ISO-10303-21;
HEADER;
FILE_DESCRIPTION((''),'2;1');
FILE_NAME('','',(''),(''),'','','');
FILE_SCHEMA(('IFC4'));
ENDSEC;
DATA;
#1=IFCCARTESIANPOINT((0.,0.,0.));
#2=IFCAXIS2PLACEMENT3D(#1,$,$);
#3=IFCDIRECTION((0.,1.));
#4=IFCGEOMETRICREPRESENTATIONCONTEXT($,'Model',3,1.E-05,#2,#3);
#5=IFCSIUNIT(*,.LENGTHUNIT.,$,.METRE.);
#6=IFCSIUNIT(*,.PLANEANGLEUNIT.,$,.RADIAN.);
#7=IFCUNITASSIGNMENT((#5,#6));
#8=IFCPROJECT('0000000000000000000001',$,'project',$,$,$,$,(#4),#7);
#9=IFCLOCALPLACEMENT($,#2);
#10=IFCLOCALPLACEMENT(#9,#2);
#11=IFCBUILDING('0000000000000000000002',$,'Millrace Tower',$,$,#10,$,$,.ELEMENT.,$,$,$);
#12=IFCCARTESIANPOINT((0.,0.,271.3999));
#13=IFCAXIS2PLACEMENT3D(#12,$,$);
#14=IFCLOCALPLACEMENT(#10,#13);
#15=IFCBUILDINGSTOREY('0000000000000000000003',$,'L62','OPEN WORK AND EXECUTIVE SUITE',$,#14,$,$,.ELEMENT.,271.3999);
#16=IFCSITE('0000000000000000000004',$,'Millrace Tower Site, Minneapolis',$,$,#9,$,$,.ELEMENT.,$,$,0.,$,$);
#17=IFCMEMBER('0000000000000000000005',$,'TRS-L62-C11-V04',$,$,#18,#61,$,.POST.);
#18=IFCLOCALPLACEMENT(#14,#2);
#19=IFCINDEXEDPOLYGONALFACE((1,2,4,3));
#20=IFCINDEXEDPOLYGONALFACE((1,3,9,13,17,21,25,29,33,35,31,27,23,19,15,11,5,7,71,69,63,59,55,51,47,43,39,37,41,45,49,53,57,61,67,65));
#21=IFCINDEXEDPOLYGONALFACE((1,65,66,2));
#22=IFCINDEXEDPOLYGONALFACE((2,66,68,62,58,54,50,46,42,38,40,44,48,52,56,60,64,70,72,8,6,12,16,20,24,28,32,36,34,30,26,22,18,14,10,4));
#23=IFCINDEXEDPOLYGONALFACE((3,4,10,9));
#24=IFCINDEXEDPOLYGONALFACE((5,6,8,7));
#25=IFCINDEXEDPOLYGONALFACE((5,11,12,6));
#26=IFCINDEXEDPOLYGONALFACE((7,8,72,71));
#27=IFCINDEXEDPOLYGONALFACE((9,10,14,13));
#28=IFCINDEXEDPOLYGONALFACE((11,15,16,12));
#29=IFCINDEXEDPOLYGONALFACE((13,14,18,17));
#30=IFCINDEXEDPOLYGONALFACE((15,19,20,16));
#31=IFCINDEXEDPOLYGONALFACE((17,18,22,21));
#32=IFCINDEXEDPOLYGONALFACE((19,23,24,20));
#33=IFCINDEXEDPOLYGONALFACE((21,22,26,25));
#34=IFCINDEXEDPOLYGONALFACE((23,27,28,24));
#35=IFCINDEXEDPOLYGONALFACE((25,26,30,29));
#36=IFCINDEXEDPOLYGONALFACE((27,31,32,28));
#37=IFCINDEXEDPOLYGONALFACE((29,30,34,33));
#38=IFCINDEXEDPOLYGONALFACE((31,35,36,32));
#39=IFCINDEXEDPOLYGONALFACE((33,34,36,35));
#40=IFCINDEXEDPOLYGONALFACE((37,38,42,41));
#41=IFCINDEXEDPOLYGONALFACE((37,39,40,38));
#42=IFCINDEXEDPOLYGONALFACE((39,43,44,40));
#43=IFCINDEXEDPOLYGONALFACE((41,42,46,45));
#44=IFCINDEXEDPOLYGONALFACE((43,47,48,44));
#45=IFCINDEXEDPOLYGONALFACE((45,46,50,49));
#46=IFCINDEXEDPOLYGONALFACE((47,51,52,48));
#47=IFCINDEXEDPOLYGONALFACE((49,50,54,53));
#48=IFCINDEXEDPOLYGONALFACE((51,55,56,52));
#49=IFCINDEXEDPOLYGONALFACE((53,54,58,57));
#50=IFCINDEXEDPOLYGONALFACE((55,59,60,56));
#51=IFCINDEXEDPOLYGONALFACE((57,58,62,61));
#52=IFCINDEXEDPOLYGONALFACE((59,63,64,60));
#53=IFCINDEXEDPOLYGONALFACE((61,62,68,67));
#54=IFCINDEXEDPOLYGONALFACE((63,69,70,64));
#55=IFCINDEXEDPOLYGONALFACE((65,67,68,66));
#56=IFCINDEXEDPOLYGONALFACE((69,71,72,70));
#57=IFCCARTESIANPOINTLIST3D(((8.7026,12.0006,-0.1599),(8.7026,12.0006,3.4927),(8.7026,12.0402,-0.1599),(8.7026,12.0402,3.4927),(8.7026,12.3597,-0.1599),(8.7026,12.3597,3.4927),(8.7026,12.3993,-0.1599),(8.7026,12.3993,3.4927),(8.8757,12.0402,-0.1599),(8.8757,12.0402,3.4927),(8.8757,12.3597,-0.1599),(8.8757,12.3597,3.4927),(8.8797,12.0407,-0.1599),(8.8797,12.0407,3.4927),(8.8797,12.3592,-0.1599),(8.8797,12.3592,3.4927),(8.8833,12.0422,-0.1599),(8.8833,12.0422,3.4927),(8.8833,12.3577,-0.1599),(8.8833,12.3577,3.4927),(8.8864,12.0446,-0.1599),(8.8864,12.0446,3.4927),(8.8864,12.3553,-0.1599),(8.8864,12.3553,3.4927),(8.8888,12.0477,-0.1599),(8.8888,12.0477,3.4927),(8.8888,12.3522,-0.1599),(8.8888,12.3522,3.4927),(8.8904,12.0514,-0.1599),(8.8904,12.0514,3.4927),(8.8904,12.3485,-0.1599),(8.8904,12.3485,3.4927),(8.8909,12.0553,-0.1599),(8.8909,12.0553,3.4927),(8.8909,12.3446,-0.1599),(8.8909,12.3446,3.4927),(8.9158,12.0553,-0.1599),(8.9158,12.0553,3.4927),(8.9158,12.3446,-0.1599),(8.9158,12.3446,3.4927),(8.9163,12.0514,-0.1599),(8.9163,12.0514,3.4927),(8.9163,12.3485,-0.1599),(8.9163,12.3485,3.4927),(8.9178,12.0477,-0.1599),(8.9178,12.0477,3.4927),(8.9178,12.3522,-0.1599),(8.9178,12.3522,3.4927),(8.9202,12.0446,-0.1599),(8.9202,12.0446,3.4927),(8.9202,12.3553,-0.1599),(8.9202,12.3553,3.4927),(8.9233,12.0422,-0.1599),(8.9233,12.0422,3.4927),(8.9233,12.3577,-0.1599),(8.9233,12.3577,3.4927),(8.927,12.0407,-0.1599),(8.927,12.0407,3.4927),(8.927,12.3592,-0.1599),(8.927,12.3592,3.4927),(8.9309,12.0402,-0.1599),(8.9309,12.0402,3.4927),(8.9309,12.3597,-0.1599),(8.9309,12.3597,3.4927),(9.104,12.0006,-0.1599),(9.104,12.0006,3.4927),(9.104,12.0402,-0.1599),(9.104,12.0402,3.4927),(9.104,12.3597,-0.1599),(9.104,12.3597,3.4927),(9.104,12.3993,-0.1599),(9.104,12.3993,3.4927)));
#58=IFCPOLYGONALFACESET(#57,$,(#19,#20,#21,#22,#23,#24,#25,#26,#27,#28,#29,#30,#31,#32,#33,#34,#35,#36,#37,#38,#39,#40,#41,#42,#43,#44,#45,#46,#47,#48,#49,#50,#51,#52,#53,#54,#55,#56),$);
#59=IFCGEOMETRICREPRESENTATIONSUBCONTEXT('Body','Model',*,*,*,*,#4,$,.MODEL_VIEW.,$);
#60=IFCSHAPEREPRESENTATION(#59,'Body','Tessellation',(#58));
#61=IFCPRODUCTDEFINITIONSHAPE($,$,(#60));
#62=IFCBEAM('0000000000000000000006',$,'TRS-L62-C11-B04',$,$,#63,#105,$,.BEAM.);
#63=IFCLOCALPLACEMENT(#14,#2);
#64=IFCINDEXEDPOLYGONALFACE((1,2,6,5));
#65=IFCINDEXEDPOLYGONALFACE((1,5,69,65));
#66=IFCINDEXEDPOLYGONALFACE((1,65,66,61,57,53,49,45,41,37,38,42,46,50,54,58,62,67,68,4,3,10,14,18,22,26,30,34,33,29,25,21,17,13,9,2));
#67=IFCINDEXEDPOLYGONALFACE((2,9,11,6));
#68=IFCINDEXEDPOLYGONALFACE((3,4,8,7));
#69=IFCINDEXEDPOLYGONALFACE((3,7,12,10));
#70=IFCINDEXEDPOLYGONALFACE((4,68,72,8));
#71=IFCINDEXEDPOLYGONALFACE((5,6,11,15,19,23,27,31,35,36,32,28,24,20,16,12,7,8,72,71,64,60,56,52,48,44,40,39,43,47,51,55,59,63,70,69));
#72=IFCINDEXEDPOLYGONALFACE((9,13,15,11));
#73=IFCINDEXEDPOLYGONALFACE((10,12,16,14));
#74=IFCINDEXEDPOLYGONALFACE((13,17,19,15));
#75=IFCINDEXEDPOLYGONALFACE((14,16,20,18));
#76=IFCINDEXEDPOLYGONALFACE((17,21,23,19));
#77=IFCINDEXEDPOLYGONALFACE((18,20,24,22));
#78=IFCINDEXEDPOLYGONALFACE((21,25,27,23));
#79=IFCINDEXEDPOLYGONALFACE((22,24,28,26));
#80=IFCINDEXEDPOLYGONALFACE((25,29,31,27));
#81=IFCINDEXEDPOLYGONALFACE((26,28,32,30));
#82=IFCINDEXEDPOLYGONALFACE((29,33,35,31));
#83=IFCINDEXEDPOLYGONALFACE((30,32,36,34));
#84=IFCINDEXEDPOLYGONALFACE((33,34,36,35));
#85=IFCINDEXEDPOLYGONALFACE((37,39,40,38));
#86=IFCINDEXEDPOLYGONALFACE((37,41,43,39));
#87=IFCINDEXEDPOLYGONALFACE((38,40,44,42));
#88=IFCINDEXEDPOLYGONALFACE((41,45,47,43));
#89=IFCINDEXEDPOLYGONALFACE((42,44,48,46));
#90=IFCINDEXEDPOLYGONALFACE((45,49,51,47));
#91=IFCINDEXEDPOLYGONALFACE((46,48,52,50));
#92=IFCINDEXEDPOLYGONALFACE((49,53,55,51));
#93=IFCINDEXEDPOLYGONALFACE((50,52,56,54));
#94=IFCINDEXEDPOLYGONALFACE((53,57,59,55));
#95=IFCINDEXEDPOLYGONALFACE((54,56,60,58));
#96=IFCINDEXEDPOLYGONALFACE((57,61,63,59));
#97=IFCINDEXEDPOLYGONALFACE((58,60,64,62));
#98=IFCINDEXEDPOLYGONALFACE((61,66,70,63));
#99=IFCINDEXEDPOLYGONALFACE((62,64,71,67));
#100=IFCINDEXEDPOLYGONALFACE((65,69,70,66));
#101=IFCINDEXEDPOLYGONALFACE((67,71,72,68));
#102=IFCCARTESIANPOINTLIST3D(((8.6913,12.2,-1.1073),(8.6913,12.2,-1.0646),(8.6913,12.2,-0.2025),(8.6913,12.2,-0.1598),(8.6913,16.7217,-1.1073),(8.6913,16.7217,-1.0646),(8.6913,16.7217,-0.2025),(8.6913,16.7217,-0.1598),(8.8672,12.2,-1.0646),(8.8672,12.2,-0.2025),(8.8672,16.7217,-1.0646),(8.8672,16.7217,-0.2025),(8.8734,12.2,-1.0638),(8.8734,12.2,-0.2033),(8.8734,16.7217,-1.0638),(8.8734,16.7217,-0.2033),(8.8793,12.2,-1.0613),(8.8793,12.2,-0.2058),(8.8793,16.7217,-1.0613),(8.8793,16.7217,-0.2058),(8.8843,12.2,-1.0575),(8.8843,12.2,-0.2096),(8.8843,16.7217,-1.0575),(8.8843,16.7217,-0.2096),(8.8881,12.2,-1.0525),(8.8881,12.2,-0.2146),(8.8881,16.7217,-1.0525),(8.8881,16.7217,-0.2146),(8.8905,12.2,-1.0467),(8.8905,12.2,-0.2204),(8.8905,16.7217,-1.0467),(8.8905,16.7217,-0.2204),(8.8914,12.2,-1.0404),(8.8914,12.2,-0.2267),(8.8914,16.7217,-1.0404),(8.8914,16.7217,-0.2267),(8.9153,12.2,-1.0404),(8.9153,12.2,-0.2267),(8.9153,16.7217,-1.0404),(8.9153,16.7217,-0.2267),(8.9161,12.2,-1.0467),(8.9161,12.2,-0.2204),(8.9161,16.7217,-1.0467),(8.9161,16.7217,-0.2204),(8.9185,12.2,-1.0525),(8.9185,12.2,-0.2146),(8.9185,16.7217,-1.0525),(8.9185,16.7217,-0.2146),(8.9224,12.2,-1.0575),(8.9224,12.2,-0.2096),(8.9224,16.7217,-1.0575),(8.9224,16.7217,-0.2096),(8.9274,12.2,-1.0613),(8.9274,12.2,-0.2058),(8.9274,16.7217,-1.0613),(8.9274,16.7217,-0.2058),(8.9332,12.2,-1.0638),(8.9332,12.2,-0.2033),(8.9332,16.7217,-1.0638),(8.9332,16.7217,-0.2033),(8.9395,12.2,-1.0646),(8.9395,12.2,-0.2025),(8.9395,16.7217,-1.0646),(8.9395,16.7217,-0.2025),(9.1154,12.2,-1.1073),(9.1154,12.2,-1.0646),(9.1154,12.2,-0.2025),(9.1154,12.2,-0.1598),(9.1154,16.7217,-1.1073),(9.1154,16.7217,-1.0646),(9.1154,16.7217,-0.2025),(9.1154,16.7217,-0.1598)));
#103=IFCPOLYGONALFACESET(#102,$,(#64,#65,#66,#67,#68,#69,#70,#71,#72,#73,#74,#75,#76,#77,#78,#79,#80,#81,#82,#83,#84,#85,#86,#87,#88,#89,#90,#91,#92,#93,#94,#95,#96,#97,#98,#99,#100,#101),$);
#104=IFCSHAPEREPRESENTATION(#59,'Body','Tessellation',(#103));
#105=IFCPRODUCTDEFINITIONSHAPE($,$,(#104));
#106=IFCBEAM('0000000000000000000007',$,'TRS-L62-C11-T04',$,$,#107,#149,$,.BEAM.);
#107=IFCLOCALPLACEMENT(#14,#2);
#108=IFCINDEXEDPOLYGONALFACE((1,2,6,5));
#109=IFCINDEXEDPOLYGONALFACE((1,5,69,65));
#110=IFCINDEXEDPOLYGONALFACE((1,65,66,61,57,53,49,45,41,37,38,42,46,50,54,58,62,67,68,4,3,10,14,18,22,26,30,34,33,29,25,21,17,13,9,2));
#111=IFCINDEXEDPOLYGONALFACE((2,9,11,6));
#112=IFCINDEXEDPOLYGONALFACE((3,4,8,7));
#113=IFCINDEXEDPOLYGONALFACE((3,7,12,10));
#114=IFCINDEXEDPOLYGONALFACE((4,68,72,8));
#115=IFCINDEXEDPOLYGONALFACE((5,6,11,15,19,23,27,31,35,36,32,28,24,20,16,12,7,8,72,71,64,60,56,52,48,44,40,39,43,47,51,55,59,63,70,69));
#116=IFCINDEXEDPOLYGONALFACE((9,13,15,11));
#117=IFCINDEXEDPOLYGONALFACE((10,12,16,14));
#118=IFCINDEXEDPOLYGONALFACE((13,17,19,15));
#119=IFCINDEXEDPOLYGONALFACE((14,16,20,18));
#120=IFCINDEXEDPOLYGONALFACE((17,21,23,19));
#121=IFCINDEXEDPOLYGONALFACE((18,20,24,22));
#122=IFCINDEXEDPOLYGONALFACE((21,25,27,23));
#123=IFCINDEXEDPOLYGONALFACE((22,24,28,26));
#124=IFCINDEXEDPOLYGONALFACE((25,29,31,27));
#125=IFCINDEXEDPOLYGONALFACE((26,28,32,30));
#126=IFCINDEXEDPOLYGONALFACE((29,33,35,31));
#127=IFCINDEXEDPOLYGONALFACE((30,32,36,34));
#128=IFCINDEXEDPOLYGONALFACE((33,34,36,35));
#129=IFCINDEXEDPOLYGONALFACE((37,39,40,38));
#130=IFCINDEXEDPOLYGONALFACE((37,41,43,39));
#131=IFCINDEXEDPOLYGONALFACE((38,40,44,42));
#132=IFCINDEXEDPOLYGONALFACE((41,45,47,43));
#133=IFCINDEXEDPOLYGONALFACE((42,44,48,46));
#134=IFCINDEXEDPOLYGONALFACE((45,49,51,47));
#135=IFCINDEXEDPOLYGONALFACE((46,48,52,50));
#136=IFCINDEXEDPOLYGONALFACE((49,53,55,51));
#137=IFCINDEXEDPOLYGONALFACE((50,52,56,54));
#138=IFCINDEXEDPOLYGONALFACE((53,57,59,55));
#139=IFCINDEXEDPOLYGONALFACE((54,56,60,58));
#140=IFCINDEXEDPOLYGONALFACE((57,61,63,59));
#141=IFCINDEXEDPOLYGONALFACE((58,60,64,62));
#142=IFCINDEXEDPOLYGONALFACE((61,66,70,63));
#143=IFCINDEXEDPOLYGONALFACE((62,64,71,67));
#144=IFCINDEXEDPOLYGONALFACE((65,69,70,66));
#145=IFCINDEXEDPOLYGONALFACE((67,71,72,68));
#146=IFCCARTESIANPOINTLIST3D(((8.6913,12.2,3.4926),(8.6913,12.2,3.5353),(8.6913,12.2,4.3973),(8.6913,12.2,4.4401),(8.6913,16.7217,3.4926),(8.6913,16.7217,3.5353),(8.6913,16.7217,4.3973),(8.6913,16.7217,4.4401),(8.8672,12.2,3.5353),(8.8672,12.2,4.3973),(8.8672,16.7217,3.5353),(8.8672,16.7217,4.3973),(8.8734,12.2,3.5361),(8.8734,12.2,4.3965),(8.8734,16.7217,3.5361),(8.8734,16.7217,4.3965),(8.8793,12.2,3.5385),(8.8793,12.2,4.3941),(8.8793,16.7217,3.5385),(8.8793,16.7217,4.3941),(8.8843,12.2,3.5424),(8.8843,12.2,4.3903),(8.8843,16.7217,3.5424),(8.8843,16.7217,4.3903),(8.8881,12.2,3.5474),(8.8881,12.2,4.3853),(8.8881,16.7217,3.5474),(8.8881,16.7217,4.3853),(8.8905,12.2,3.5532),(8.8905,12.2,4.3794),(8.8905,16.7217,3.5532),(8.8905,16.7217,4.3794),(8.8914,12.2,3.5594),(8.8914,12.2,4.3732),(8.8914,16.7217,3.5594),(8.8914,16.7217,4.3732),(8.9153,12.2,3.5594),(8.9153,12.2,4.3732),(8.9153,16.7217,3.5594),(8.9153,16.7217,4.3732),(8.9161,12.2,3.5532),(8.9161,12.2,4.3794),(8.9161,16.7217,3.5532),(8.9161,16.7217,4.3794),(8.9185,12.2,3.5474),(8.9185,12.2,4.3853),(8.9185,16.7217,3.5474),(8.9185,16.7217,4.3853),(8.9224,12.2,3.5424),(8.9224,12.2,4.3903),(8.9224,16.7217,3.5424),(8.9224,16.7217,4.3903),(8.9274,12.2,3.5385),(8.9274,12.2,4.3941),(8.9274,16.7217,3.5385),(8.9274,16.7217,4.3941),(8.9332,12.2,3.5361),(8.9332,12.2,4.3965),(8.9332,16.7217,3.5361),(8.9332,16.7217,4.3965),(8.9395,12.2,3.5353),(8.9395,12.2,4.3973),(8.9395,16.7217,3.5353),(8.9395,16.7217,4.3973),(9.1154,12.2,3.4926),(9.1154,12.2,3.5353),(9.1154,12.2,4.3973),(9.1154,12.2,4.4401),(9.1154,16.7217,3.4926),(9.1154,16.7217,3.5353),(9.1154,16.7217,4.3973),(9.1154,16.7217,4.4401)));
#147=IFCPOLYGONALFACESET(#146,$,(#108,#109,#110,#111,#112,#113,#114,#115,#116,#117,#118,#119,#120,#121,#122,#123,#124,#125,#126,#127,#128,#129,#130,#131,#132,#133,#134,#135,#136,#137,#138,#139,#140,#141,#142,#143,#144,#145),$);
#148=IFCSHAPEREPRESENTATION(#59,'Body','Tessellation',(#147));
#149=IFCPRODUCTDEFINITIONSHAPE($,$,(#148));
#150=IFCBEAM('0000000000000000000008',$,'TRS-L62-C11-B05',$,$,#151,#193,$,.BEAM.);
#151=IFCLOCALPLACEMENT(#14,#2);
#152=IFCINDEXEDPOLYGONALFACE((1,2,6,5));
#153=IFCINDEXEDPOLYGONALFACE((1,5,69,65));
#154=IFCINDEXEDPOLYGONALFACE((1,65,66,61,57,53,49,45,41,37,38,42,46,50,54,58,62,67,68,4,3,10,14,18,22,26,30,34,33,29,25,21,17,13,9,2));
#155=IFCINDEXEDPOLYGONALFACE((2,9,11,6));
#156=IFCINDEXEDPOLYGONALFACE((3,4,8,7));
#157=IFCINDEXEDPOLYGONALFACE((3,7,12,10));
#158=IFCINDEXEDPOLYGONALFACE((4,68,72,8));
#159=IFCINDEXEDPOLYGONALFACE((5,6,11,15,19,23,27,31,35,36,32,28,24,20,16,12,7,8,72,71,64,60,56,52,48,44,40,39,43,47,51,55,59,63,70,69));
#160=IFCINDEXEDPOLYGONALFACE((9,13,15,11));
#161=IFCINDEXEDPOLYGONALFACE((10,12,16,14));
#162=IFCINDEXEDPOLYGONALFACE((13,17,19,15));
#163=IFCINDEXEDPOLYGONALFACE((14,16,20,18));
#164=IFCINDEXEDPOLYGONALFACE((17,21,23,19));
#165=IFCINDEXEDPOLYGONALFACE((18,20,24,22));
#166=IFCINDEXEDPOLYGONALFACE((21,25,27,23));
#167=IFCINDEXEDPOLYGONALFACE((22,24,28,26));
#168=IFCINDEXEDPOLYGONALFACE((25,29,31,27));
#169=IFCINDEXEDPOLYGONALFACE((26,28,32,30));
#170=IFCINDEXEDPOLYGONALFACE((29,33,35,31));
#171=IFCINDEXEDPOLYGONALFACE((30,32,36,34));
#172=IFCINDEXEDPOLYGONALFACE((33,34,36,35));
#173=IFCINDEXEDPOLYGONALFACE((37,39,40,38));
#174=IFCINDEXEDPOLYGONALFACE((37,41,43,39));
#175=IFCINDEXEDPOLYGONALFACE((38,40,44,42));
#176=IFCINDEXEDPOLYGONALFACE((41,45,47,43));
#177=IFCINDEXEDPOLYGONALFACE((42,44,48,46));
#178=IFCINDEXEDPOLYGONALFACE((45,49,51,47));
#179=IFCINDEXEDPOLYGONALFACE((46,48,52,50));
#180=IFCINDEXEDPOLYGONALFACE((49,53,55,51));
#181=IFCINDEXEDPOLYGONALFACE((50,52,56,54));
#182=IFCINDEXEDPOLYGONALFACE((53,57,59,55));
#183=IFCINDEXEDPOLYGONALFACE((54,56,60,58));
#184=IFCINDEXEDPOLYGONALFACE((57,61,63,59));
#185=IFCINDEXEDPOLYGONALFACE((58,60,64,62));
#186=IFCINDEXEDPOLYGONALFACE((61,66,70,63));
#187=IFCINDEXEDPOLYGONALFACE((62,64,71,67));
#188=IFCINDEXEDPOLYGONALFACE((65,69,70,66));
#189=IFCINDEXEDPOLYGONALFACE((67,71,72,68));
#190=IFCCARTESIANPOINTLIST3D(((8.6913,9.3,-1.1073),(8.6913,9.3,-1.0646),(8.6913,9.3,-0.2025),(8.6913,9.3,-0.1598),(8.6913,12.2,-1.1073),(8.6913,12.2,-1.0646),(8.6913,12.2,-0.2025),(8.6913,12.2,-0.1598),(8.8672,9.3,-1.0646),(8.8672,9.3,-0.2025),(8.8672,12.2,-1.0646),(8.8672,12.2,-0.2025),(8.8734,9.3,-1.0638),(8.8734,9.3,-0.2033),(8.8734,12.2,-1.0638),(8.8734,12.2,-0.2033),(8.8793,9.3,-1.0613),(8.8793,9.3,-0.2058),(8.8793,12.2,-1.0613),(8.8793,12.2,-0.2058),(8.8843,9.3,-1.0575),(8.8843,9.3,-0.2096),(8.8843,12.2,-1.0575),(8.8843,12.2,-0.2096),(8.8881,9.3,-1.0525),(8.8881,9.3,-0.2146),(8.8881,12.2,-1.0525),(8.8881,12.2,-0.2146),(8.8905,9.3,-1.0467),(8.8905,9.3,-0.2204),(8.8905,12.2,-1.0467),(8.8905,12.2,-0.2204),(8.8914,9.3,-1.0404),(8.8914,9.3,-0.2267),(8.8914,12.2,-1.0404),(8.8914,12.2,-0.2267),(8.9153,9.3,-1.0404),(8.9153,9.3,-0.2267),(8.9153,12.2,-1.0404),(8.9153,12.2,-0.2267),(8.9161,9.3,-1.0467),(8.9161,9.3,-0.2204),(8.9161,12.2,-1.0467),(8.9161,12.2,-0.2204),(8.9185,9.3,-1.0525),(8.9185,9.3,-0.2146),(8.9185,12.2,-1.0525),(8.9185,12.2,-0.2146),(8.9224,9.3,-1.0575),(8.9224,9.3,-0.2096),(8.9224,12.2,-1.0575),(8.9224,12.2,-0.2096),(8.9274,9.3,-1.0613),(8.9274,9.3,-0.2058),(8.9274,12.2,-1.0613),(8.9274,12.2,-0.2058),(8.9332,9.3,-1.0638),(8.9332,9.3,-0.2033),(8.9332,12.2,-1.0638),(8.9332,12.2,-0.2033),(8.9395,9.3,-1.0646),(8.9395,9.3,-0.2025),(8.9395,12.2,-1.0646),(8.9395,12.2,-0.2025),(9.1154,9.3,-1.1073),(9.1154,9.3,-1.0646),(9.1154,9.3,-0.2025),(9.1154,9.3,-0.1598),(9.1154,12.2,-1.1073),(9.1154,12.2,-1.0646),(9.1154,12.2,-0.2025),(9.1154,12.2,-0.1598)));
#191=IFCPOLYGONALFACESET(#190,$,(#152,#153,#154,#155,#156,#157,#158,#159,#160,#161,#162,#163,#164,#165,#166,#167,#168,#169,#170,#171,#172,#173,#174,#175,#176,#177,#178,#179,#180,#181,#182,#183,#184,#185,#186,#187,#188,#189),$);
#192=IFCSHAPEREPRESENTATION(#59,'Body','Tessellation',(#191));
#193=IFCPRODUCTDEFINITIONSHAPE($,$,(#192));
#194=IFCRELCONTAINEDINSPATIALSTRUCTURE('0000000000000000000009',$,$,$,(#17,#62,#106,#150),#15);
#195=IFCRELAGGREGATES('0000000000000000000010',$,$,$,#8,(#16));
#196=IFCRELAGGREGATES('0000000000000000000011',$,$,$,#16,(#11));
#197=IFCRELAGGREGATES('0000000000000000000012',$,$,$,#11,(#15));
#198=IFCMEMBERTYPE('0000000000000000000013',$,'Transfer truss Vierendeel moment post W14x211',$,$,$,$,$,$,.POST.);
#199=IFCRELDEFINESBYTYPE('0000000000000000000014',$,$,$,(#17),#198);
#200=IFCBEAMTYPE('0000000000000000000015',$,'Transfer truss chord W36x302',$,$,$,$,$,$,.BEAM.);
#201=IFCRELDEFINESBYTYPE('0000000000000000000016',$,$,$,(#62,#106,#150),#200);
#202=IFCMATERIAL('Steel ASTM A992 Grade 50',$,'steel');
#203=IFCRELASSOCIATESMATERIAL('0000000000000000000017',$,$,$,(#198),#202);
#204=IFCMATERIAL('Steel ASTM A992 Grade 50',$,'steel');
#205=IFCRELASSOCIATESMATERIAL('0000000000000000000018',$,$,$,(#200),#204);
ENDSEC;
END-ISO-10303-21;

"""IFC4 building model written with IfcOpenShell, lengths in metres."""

from ifc_helpers import new_model, si_unit, direction, frame, origin, origin_2d, place, context, subcontext, project, spatial, i_section, extrude, material, material_profile, profile_set, type_object, element, save


model = new_model("IFC4")

# Units and contexts
model_context = context("Model", 3, precision=1e-05, world=origin(), true_north=direction((0.0, 1.0)))
body_context = subcontext(model_context, "Body", "Model", "MODEL_VIEW")
ifc_project = project(units=[si_unit("LENGTHUNIT", "METRE"), si_unit("PLANEANGLEUNIT", "RADIAN")], contexts=[model_context])

# Site, building, storey
site_placement = place(None, origin())
site = spatial("IfcSite", under=ifc_project, at=site_placement, Name="Millrace Tower Site, Minneapolis", CompositionType="ELEMENT", RefElevation=0.0)
building_placement = place(site_placement, origin())
building = spatial("IfcBuilding", under=site, at=building_placement, Name="Millrace Tower", CompositionType="ELEMENT")
storey_placement = place(building_placement, frame((0.0, 0.0, 271.3999)))
storey = spatial("IfcBuildingStorey", under=building, at=storey_placement, Name="L62", Description="OPEN WORK AND EXECUTIVE SUITE", CompositionType="ELEMENT", Elevation=271.3999)

# Member
ifc_material_1 = material(Name="Steel ASTM A992 Grade 50", Category="steel")
ifc_material_profile_1 = material_profile(ifc_material_1, i_section(OverallWidth=0.4014, OverallDepth=0.3987, WebThickness=0.0249, FlangeThickness=0.0396, FilletRadius=0.0151, at=origin_2d()))
ifc_profile_set_1 = profile_set([ifc_material_profile_1], Name="Steel ASTM A992 Grade 50")
member_type = type_object("IfcMemberType", Name="Transfer truss Vierendeel moment post W14x211", PredefinedType="POST", material=ifc_profile_set_1)
for number, where, z_axis, x_axis, name in (
    (1, (8.9033, 12.2, -0.1599), (0.0, 0.0, 1.0), (1.0, 0.0, 0.0), "TRS-L62-C11-V04"),
):
    element("IfcMember", number, at=place(storey_placement, frame(where, z_axis=z_axis, x_axis=x_axis)), inside=storey, type_object=member_type, Name=name, PredefinedType="POST", context=body_context, shape_type="SweptSolid", body=[
        extrude(i_section(OverallWidth=0.4014, OverallDepth=0.3987, WebThickness=0.0249, FlangeThickness=0.0396, FilletRadius=0.0151, at=origin_2d()), origin(), (0.0, 0.0, 1.0), 3.6526),
    ])

# Beams
ifc_material_2 = material(Name="Steel ASTM A992 Grade 50", Category="steel")
ifc_material_profile_2 = material_profile(ifc_material_2, i_section(OverallWidth=0.4241, OverallDepth=0.9475, WebThickness=0.0239, FlangeThickness=0.0427, FilletRadius=0.0242, at=origin_2d()))
ifc_profile_set_2 = profile_set([ifc_material_profile_2], Name="Steel ASTM A992 Grade 50")
beam_type_1 = type_object("IfcBeamType", Name="Transfer truss chord W36x302", PredefinedType="BEAM", material=ifc_profile_set_2)
for number, where, z_axis, x_axis, name in (
    (2, (8.9033, 16.7217, -0.6335), (0.0, -1.0, 0.0), (1.0, 0.0, 0.0), "TRS-L62-C11-B04"),
    (3, (8.9033, 16.7217, 3.9663), (0.0, -1.0, 0.0), (1.0, 0.0, 0.0), "TRS-L62-C11-T04"),
):
    element("IfcBeam", number, at=place(storey_placement, frame(where, z_axis=z_axis, x_axis=x_axis)), inside=storey, type_object=beam_type_1, Name=name, PredefinedType="BEAM", context=body_context, shape_type="SweptSolid", body=[
        extrude(i_section(OverallWidth=0.4241, OverallDepth=0.9475, WebThickness=0.0239, FlangeThickness=0.0427, FilletRadius=0.0242, at=origin_2d()), origin(), (0.0, 0.0, 1.0), 4.5217),
    ])
for number, where, z_axis, x_axis, name in (
    (4, (8.9033, 12.2, -0.6335), (0.0, -1.0, 0.0), (1.0, 0.0, 0.0), "TRS-L62-C11-B05"),
):
    element("IfcBeam", number, at=place(storey_placement, frame(where, z_axis=z_axis, x_axis=x_axis)), inside=storey, type_object=beam_type_1, Name=name, PredefinedType="BEAM", context=body_context, shape_type="SweptSolid", body=[
        extrude(i_section(OverallWidth=0.4241, OverallDepth=0.9475, WebThickness=0.0239, FlangeThickness=0.0427, FilletRadius=0.0242, at=origin_2d()), origin(), (0.0, 0.0, 1.0), 2.8999),
    ])

save(model, "model.ifc")
